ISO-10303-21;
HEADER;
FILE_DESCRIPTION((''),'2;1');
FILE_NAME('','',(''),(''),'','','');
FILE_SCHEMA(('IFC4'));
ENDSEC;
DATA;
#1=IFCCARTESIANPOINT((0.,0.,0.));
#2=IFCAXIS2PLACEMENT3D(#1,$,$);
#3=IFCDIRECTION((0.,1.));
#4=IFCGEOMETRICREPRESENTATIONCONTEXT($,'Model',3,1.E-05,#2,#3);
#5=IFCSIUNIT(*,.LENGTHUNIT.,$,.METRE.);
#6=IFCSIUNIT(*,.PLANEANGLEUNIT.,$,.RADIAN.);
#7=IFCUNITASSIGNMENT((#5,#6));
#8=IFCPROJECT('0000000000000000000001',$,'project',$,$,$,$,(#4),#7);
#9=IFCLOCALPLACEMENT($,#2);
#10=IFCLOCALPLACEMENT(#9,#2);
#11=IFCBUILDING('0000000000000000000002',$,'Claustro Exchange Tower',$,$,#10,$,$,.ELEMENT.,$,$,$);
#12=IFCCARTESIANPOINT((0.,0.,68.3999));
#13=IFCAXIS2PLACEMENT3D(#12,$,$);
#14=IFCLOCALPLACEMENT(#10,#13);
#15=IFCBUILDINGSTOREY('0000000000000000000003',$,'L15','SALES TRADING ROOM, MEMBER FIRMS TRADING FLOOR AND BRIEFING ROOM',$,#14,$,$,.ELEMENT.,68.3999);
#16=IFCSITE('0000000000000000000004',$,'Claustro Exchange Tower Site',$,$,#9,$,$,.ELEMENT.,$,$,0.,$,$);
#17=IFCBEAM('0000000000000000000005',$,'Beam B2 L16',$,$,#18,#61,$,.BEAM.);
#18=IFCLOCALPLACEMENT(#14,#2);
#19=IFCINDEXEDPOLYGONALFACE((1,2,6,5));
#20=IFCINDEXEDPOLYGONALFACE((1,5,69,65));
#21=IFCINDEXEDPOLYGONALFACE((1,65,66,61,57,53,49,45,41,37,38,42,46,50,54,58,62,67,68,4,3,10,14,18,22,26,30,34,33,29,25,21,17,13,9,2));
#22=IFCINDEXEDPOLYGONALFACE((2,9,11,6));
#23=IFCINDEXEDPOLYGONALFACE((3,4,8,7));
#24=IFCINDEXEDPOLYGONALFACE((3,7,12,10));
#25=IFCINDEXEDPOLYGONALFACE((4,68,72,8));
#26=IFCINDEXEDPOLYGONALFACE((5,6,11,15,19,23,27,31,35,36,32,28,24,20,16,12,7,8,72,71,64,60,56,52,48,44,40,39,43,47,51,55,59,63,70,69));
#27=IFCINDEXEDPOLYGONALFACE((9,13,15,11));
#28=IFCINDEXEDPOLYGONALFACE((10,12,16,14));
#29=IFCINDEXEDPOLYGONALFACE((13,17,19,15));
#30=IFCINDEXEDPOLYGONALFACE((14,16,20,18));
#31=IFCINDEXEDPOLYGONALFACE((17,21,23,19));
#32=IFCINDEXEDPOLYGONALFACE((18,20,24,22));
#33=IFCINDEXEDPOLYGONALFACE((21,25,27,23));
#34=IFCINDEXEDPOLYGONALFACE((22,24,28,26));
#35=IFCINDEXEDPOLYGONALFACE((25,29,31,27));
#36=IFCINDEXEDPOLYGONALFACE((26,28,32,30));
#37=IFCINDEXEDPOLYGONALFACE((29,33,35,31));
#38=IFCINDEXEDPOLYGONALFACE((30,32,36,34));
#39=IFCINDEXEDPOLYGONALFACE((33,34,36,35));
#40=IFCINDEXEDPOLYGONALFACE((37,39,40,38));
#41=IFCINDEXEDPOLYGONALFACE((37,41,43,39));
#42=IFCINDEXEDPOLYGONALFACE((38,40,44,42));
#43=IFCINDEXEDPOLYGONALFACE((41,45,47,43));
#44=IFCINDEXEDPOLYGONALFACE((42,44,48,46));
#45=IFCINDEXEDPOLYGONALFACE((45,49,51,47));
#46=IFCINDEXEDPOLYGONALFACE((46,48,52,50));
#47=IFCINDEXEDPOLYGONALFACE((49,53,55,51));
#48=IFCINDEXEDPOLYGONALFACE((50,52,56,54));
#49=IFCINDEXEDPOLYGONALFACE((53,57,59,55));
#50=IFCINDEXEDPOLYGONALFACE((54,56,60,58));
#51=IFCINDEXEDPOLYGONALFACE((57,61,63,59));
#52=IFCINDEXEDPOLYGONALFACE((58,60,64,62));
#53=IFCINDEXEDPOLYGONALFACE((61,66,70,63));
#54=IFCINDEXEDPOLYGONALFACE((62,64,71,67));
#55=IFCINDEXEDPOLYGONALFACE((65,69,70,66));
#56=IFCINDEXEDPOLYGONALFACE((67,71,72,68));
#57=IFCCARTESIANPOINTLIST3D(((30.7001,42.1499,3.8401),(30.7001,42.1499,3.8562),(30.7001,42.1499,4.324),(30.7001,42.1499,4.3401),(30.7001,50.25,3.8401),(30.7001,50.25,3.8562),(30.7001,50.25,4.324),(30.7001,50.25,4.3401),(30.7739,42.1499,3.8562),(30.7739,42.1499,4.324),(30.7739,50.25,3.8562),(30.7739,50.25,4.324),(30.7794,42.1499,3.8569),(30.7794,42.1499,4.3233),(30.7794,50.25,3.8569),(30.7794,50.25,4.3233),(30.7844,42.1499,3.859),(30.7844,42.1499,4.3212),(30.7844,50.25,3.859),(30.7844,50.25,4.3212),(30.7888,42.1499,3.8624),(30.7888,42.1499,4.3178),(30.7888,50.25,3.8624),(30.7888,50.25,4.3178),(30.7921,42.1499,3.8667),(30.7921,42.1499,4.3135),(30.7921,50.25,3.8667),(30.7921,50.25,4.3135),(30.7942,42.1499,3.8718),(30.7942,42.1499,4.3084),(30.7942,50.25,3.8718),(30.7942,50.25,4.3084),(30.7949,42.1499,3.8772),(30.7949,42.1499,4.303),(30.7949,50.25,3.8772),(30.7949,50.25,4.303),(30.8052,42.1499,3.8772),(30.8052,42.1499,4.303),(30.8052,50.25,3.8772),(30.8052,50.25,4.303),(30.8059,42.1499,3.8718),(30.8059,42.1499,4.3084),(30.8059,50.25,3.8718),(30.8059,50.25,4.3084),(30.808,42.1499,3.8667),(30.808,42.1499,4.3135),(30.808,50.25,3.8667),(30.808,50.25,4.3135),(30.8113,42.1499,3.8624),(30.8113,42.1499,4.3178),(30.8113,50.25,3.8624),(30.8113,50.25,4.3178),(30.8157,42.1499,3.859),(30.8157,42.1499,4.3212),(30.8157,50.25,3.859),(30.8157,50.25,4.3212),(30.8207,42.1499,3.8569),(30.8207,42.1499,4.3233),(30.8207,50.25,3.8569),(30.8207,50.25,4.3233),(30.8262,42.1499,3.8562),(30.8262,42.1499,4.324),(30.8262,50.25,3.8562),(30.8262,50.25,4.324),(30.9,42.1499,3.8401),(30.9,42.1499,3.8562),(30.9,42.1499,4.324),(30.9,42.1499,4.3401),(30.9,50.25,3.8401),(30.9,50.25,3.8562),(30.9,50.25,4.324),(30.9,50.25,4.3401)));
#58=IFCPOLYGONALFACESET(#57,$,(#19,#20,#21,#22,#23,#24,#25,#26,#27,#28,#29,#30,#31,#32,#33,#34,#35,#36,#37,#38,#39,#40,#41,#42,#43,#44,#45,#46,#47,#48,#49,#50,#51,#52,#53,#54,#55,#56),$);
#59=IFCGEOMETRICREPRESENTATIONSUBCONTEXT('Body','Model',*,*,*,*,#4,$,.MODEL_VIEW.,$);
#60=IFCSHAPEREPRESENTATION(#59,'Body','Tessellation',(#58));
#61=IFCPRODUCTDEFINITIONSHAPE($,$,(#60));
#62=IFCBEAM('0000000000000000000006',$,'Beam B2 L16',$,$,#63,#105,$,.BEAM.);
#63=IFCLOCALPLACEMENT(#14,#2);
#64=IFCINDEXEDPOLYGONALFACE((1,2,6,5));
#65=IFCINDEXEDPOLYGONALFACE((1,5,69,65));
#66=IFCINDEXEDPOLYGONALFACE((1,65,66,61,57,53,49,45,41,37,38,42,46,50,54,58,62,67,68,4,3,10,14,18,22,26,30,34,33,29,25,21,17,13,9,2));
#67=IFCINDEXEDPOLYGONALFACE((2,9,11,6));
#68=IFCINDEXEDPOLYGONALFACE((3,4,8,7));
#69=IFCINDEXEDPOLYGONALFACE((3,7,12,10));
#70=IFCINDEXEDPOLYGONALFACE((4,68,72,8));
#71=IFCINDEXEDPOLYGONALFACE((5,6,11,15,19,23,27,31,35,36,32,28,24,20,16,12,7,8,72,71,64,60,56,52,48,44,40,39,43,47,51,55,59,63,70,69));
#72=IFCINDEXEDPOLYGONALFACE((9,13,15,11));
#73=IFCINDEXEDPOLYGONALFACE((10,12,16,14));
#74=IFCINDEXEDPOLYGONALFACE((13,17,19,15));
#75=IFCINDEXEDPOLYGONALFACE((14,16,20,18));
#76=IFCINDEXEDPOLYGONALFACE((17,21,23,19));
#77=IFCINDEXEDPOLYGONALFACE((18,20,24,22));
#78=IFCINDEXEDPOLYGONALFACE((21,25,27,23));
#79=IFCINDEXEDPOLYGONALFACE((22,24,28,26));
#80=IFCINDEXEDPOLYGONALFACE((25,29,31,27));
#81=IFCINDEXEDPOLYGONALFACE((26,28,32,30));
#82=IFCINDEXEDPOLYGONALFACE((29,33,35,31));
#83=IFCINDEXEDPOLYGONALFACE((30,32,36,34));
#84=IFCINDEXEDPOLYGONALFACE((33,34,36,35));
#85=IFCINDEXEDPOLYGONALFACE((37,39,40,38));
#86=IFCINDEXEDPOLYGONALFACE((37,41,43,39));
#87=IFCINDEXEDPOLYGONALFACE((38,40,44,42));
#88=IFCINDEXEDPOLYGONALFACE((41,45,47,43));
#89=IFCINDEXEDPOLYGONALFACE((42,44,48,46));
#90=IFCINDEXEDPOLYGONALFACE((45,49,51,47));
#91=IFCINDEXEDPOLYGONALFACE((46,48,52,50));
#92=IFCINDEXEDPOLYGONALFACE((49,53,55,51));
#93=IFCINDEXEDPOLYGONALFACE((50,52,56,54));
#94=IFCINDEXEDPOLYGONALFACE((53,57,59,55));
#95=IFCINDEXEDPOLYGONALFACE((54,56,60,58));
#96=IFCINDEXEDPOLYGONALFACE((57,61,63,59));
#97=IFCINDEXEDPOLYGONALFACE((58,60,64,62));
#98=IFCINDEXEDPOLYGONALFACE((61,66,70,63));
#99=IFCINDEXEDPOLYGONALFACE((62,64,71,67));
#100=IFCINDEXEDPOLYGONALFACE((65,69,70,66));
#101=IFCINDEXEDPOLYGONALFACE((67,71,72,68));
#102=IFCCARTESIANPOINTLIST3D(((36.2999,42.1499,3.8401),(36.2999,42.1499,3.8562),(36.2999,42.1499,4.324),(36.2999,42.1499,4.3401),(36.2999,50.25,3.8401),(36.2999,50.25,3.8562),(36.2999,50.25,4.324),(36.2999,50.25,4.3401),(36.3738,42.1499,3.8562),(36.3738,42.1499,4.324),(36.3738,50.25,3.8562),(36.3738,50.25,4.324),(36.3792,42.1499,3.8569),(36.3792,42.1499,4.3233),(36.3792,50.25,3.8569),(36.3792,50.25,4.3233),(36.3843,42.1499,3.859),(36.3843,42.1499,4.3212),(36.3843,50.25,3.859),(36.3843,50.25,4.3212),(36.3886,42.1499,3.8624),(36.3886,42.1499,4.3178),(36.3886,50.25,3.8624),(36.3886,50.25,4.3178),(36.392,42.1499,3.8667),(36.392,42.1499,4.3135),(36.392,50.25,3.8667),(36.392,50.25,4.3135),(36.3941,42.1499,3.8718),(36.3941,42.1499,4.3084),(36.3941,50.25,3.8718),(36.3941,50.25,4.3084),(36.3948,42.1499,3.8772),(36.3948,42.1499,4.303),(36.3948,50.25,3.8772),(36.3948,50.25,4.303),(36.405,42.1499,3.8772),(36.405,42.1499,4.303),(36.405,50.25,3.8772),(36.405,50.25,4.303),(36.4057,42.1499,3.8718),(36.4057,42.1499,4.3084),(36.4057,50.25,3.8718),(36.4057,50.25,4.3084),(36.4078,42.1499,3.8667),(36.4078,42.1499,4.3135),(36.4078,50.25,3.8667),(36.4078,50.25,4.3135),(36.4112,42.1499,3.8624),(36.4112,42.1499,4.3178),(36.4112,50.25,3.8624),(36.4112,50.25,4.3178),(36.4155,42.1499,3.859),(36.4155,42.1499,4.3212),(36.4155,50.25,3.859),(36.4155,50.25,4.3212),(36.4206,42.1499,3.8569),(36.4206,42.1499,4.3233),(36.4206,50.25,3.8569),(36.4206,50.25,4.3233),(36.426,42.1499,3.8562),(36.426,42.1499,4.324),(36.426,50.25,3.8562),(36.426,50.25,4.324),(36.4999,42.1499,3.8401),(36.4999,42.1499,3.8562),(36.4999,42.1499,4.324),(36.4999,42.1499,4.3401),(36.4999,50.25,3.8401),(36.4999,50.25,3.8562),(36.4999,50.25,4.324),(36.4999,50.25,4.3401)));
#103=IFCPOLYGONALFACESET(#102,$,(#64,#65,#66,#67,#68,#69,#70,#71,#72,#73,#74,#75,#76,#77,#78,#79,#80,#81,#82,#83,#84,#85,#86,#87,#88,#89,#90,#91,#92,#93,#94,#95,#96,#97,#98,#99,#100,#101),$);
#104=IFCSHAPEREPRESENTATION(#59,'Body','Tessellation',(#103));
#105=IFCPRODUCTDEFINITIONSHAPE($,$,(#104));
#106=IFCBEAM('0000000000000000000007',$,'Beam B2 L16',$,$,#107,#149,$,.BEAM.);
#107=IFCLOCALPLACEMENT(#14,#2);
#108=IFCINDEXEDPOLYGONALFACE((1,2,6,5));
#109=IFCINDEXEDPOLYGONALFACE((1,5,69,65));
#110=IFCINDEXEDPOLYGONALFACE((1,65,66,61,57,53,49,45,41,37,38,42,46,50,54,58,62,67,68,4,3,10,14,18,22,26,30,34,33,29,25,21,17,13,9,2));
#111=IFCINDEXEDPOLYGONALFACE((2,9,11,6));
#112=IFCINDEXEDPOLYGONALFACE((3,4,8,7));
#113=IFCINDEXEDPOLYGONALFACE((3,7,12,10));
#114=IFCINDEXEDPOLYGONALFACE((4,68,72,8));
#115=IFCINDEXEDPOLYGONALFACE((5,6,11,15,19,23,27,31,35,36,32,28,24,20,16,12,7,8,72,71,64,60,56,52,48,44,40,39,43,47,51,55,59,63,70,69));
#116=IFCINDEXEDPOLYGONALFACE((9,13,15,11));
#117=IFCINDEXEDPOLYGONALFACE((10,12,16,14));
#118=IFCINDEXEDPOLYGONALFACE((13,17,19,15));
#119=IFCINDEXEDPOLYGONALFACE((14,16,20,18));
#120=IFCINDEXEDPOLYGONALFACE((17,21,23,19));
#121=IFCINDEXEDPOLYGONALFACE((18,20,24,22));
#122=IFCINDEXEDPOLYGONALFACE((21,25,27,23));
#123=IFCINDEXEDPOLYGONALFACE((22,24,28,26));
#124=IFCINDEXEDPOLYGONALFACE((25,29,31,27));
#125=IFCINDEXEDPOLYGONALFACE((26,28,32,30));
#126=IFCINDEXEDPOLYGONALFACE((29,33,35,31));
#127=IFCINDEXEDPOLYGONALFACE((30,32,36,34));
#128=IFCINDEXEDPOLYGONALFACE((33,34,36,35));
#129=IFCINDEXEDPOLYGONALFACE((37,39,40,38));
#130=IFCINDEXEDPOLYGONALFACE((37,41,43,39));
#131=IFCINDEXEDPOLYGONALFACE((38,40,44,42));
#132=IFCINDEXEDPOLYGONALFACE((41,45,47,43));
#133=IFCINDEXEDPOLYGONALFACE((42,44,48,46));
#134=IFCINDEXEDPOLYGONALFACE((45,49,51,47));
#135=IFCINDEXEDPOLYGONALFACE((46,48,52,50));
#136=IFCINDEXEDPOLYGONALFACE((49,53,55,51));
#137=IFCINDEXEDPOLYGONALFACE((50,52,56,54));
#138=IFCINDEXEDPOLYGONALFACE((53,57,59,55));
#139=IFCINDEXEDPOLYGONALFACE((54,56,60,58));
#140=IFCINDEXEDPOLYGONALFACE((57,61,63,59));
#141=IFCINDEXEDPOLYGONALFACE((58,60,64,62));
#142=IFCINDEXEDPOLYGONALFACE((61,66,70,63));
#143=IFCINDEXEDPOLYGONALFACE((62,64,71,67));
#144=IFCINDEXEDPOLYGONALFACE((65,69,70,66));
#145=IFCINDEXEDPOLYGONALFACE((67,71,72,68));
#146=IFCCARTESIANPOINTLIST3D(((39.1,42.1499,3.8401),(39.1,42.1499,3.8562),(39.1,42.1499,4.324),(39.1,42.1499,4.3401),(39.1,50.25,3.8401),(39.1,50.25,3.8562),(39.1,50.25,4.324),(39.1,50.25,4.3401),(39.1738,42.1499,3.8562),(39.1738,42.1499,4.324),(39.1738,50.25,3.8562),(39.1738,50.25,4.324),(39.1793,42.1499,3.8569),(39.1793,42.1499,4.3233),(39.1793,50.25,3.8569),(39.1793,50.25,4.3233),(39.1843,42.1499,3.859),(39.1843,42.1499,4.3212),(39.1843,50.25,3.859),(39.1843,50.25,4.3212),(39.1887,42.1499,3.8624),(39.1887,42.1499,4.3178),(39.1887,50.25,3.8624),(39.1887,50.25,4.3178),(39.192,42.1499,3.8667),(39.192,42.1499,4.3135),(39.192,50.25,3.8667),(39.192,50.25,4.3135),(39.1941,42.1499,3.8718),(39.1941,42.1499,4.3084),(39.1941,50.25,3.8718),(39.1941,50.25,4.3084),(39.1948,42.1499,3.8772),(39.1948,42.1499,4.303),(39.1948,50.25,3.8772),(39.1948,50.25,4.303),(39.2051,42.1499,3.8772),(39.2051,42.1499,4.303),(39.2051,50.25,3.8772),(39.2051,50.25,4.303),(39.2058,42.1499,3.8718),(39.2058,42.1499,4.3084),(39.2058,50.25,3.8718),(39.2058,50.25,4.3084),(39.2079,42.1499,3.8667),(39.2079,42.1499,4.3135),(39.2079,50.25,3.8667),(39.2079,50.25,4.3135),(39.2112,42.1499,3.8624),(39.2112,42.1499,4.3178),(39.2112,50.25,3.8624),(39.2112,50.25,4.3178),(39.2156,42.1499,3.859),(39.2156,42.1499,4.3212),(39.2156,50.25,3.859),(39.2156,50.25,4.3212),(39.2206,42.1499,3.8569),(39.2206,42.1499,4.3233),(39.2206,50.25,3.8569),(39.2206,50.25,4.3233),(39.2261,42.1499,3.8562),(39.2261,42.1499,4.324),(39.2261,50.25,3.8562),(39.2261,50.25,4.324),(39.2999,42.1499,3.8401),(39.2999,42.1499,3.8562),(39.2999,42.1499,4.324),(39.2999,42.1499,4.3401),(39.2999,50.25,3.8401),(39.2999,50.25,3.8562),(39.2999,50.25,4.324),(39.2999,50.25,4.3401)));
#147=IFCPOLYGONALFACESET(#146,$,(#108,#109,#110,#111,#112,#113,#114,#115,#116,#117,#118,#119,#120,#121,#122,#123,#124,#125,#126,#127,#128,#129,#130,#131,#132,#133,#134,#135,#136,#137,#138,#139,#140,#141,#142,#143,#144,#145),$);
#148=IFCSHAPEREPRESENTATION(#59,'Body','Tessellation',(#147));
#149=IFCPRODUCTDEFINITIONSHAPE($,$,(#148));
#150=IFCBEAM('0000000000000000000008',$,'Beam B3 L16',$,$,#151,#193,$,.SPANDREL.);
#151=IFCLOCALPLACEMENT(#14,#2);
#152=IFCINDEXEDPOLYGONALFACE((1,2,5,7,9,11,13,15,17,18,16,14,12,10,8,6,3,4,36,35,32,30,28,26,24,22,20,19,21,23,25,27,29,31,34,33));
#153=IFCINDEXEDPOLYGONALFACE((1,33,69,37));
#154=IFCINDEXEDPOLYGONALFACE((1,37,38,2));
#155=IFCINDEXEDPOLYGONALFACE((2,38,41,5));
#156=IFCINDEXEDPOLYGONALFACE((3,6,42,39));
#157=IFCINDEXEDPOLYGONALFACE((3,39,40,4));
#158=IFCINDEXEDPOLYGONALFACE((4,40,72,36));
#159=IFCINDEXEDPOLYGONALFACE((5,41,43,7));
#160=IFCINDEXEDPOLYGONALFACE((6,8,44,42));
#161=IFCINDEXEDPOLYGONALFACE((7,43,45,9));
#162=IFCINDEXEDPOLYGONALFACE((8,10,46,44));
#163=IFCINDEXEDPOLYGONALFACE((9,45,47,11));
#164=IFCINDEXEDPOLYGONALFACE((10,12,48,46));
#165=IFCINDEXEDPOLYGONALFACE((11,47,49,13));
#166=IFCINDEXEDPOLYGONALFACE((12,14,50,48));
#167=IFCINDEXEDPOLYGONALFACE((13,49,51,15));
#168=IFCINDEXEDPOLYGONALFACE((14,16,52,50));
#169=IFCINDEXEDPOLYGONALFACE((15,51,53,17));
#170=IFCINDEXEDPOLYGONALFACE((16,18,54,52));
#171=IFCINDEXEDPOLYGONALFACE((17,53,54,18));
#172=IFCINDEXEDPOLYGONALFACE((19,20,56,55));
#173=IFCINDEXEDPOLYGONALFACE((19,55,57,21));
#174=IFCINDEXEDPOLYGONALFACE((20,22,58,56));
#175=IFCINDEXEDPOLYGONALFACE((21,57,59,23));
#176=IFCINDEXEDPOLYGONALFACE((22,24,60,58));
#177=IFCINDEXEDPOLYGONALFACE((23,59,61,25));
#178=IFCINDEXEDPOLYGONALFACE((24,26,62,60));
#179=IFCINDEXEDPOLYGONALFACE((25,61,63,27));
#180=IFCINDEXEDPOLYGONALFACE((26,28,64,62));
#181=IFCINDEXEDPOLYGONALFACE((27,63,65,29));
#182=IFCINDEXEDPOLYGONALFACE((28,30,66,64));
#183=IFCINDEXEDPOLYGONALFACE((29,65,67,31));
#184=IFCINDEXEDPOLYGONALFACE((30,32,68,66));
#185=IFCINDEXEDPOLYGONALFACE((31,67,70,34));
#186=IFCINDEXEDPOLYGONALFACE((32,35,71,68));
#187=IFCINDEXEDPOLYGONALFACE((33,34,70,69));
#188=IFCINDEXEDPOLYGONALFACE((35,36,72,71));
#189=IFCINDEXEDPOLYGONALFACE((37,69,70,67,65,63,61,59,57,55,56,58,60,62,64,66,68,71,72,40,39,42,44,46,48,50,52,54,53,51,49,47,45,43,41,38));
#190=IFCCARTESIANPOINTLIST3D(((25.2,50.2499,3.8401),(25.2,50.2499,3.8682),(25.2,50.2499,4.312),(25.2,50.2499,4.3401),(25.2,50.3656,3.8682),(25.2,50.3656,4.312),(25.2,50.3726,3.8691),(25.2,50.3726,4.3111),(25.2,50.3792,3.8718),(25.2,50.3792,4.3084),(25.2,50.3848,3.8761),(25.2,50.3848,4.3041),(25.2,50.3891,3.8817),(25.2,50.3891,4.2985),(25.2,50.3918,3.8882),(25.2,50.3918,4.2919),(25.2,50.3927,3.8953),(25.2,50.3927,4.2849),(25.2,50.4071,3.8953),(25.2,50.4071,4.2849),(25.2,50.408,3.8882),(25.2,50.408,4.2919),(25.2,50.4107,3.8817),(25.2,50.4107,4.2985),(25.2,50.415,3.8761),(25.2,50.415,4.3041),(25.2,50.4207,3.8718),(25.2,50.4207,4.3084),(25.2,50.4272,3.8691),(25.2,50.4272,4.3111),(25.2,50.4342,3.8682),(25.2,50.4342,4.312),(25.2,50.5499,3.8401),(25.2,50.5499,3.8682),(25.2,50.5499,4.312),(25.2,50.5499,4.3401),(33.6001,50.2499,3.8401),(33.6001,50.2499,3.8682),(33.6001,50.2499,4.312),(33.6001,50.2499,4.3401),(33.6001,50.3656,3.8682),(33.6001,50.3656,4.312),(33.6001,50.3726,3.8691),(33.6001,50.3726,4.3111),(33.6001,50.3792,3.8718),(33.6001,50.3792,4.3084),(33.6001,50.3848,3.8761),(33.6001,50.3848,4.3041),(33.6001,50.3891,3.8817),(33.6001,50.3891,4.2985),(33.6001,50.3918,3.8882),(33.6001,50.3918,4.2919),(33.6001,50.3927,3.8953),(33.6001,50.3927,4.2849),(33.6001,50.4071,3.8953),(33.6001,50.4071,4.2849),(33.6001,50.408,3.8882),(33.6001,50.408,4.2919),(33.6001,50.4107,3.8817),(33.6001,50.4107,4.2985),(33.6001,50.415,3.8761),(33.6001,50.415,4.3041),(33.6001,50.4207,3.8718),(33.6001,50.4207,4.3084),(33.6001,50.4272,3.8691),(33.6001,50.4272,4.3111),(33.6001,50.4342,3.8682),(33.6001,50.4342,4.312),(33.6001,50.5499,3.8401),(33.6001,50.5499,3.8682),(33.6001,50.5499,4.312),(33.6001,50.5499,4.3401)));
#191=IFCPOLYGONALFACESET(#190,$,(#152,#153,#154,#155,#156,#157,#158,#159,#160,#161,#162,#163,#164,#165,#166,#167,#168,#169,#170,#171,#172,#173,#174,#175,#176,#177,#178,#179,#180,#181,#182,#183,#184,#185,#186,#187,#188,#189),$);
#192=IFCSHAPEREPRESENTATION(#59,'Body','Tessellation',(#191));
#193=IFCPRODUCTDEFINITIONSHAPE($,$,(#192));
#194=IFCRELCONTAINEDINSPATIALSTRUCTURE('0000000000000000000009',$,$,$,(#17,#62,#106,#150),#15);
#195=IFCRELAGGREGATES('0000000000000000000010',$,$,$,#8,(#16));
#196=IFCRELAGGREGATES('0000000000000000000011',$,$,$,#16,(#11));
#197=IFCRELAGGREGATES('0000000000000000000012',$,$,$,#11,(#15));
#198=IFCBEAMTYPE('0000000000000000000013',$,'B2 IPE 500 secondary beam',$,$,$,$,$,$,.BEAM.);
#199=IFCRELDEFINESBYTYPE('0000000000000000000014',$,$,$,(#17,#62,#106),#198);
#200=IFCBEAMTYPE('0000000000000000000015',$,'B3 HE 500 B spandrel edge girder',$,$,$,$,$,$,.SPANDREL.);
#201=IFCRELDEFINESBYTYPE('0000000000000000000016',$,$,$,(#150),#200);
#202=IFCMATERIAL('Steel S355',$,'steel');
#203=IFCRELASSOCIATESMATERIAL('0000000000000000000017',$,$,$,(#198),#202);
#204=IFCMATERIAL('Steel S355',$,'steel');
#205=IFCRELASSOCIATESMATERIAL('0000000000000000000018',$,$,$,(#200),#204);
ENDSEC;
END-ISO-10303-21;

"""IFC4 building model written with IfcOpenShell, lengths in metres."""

from ifc_helpers import new_model, si_unit, direction, frame, origin, origin_2d, place, context, subcontext, project, spatial, i_section, extrude, material, material_profile, profile_set, type_object, element, save


model = new_model("IFC4")

# Units and contexts
model_context = context("Model", 3, precision=1e-05, world=origin(), true_north=direction((0.0, 1.0)))
body_context = subcontext(model_context, "Body", "Model", "MODEL_VIEW")
ifc_project = project(units=[si_unit("LENGTHUNIT", "METRE"), si_unit("PLANEANGLEUNIT", "RADIAN")], contexts=[model_context])

# Site, building, storey
site_placement = place(None, origin())
site = spatial("IfcSite", under=ifc_project, at=site_placement, Name="Claustro Exchange Tower Site", CompositionType="ELEMENT", RefElevation=0.0)
building_placement = place(site_placement, origin())
building = spatial("IfcBuilding", under=site, at=building_placement, Name="Claustro Exchange Tower", CompositionType="ELEMENT")
storey_placement = place(building_placement, frame((0.0, 0.0, 68.3999)))
storey = spatial("IfcBuildingStorey", under=building, at=storey_placement, Name="L15", Description="SALES TRADING ROOM, MEMBER FIRMS TRADING FLOOR AND BRIEFING ROOM", CompositionType="ELEMENT", Elevation=68.3999)

# Beams
ifc_material_1 = material(Name="Steel S355", Category="steel")
ifc_material_profile_1 = material_profile(ifc_material_1, i_section(OverallWidth=0.2, OverallDepth=0.5, WebThickness=0.0103, FlangeThickness=0.0161, FilletRadius=0.021, at=origin_2d()), Name="IPE 500")
ifc_profile_set_1 = profile_set([ifc_material_profile_1], Name="Steel S355")
beam_type_1 = type_object("IfcBeamType", Name="B2 IPE 500 secondary beam", PredefinedType="BEAM", material=ifc_profile_set_1)
for number, where, z_axis, x_axis, name in (
    (1, (30.8, 42.1499, 4.0901), (0.0, 1.0, 0.0), (-1.0, 0.0, 0.0), "Beam B2 L16"),
    (2, (36.3999, 42.1499, 4.0901), (0.0, 1.0, 0.0), (-1.0, 0.0, 0.0), "Beam B2 L16"),
    (3, (39.2, 42.1499, 4.0901), (0.0, 1.0, 0.0), (-1.0, 0.0, 0.0), "Beam B2 L16"),
):
    element("IfcBeam", number, at=place(storey_placement, frame(where, z_axis=z_axis, x_axis=x_axis)), inside=storey, type_object=beam_type_1, Name=name, PredefinedType="BEAM", context=body_context, shape_type="SweptSolid", body=[
        extrude(i_section(OverallWidth=0.2, OverallDepth=0.5, WebThickness=0.0103, FlangeThickness=0.0161, FilletRadius=0.021, at=origin_2d()), origin(), (0.0, 0.0, 1.0), 8.1001),
    ])
ifc_material_2 = material(Name="Steel S355", Category="steel")
ifc_material_profile_2 = material_profile(ifc_material_2, i_section(OverallWidth=0.3, OverallDepth=0.5, WebThickness=0.0144, FlangeThickness=0.0281, FilletRadius=0.0271, at=origin_2d()), Name="HE 500 B")
ifc_profile_set_2 = profile_set([ifc_material_profile_2], Name="Steel S355")
beam_type_2 = type_object("IfcBeamType", Name="B3 HE 500 B spandrel edge girder", PredefinedType="SPANDREL", material=ifc_profile_set_2)
beam_1_placement = place(storey_placement, frame((25.2, 50.3999, 4.0901), z_axis=(1.0, 0.0, 0.0), x_axis=(0.0, 1.0, 0.0)))
element("IfcBeam", 4, at=beam_1_placement, inside=storey, type_object=beam_type_2, Name="Beam B3 L16", PredefinedType="SPANDREL", context=body_context, shape_type="SweptSolid", body=[
    extrude(i_section(OverallWidth=0.3, OverallDepth=0.5, WebThickness=0.0144, FlangeThickness=0.0281, FilletRadius=0.0271, at=origin_2d()), origin(), (0.0, 0.0, 1.0), 8.4001),
])

save(model, "model.ifc")
